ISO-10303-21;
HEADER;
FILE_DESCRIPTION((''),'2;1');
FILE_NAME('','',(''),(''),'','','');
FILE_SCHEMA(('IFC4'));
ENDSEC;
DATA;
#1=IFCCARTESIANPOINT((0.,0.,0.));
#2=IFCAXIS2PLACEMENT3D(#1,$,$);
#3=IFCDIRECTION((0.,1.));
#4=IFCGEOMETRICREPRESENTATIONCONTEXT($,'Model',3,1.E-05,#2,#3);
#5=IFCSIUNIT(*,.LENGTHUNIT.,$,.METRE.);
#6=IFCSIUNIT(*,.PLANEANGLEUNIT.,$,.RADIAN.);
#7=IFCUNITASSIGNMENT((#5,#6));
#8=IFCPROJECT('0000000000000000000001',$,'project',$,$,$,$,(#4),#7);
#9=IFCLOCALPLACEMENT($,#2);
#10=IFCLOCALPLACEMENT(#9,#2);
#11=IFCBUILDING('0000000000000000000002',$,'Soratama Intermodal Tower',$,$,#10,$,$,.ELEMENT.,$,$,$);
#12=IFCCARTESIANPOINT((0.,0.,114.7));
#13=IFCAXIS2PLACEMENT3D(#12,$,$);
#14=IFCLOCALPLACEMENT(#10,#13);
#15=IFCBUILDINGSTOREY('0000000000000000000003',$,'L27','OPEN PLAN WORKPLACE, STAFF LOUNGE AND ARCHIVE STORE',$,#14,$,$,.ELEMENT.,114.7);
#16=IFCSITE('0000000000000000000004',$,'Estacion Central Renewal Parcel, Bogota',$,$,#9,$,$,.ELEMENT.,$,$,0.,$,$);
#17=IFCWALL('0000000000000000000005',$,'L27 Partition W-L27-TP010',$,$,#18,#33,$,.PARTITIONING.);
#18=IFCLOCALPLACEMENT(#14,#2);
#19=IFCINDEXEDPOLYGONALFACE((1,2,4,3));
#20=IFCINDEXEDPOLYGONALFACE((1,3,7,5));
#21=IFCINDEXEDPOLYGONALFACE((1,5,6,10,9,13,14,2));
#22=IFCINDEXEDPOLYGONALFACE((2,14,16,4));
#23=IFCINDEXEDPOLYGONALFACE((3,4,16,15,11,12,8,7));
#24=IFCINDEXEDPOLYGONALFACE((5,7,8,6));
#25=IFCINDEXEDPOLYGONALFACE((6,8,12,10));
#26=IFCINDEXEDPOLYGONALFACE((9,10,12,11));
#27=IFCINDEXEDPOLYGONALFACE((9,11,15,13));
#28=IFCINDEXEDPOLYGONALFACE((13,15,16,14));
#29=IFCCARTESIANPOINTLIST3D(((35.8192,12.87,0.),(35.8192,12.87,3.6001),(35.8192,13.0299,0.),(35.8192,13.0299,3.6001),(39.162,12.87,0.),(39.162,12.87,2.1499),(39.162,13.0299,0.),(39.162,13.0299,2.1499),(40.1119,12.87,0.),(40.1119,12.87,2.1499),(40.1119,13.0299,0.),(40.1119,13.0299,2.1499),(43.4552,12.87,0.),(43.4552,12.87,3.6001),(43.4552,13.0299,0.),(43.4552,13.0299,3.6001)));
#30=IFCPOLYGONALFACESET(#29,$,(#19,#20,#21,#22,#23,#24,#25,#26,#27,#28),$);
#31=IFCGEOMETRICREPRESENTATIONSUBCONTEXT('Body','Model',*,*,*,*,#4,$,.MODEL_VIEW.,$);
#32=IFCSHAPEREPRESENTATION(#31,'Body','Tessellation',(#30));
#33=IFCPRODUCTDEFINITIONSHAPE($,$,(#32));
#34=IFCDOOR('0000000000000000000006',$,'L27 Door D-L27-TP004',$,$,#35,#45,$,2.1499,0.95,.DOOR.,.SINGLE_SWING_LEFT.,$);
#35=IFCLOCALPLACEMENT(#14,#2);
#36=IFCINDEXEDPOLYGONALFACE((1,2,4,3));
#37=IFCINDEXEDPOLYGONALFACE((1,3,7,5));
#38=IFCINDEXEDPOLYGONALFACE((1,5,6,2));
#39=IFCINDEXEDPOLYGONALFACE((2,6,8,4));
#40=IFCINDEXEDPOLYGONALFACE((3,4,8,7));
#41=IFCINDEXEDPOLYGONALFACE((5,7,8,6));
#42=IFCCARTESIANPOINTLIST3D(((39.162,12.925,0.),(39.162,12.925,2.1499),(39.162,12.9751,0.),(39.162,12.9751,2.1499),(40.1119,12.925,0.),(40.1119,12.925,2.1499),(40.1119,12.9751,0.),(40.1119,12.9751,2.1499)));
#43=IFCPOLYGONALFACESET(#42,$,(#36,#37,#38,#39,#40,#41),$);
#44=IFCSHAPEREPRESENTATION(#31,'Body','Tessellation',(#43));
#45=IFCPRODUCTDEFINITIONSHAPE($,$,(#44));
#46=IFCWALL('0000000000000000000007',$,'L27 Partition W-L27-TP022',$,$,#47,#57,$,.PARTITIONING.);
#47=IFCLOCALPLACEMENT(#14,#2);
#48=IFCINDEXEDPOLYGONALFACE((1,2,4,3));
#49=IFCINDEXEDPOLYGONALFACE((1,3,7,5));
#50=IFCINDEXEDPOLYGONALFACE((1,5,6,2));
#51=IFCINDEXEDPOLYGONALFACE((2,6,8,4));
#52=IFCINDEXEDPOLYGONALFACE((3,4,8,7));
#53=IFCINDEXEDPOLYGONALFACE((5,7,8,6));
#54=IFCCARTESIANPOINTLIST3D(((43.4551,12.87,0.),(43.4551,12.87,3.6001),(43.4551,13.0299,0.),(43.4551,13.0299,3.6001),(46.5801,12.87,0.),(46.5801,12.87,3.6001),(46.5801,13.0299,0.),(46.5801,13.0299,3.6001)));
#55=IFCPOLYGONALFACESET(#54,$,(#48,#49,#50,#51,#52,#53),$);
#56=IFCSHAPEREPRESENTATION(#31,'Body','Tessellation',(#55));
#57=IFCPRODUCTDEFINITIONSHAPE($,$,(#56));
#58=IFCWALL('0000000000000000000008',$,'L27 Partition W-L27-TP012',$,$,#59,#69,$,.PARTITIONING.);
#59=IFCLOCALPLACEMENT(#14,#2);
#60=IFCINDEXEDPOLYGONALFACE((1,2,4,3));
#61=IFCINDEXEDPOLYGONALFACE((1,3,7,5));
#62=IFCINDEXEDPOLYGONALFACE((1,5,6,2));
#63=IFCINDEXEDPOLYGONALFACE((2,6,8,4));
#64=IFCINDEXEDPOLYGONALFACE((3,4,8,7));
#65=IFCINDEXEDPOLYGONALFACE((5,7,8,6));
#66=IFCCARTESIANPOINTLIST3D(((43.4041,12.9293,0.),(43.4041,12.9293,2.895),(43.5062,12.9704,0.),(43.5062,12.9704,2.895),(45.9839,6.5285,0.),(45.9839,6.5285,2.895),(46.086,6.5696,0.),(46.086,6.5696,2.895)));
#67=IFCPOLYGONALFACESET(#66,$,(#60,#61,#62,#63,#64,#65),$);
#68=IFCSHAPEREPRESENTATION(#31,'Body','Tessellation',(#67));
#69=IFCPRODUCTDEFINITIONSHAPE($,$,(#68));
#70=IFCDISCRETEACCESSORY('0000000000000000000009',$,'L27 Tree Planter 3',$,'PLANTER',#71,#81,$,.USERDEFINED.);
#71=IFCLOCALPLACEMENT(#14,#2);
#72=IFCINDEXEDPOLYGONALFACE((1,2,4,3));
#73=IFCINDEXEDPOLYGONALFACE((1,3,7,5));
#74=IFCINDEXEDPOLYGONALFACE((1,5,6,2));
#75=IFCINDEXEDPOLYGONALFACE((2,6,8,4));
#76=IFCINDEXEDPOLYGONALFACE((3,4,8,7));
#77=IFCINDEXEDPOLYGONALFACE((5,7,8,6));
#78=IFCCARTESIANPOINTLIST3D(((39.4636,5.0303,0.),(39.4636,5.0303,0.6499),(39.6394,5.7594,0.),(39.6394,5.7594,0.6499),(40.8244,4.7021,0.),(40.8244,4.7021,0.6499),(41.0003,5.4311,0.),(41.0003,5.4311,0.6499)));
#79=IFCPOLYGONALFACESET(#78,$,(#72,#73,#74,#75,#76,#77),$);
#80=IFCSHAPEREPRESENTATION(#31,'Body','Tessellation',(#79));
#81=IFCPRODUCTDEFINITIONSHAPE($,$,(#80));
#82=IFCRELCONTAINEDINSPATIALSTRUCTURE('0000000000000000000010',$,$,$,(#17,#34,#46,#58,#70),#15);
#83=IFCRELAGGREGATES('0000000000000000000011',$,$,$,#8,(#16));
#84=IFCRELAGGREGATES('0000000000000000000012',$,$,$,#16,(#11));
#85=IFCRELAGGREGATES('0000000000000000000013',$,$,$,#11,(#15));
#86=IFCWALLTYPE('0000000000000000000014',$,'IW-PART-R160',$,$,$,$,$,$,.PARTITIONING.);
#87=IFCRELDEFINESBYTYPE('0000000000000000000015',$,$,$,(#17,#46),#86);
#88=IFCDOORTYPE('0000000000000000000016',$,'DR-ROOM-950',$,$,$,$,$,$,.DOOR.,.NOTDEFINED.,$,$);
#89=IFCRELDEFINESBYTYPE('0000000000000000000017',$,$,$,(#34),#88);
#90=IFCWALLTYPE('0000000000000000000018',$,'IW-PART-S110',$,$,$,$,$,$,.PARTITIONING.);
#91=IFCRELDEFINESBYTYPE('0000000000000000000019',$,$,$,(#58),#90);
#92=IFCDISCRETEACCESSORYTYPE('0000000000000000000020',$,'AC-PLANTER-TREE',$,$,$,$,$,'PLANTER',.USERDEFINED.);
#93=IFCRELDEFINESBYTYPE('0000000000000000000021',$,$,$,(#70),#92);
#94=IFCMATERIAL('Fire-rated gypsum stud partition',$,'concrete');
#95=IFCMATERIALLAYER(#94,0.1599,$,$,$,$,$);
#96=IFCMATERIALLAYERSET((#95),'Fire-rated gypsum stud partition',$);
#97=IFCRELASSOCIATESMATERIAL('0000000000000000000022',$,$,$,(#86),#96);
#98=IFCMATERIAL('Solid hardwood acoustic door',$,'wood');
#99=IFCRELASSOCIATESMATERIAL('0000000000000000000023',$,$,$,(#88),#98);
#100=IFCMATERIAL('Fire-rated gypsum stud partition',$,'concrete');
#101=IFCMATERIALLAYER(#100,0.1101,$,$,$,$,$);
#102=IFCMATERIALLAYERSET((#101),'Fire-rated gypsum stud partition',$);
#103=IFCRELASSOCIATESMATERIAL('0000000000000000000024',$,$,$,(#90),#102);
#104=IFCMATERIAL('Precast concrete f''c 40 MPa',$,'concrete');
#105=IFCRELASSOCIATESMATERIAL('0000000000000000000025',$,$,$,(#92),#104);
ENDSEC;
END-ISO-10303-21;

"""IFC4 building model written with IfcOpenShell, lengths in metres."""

from ifc_helpers import new_model, si_unit, direction, frame, frame_2d, origin, origin_2d, place, context, subcontext, project, spatial, rectangle, extrude, material, layer, layer_set, type_object, element, fill, save


model = new_model("IFC4")

# Units and contexts
model_context = context("Model", 3, precision=1e-05, world=origin(), true_north=direction((0.0, 1.0)))
body_context = subcontext(model_context, "Body", "Model", "MODEL_VIEW")
ifc_project = project(units=[si_unit("LENGTHUNIT", "METRE"), si_unit("PLANEANGLEUNIT", "RADIAN")], contexts=[model_context])

# Site, building, storey
site_placement = place(None, origin())
site = spatial("IfcSite", under=ifc_project, at=site_placement, Name="Estacion Central Renewal Parcel, Bogota", CompositionType="ELEMENT", RefElevation=0.0)
building_placement = place(site_placement, origin())
building = spatial("IfcBuilding", under=site, at=building_placement, Name="Soratama Intermodal Tower", CompositionType="ELEMENT")
storey_placement = place(building_placement, frame((0.0, 0.0, 114.7)))
storey = spatial("IfcBuildingStorey", under=building, at=storey_placement, Name="L27", Description="OPEN PLAN WORKPLACE, STAFF LOUNGE AND ARCHIVE STORE", CompositionType="ELEMENT", Elevation=114.7)

# Wall, opening, door
ifc_material_1 = material(Name="Fire-rated gypsum stud partition", Category="concrete")
ifc_layer_1 = layer(ifc_material_1, 0.1599)
ifc_layer_set_1 = layer_set([ifc_layer_1], Name="Fire-rated gypsum stud partition")
wall_type_1 = type_object("IfcWallType", Name="IW-PART-R160", PredefinedType="PARTITIONING", material=ifc_layer_set_1)
wall_1_placement = place(storey_placement, frame((43.4551, 12.95, 0.0), z_axis=(0.0, 0.0, 1.0), x_axis=(-1.0, 0.0, 0.0)))
wall_1 = element("IfcWall", 1, at=wall_1_placement, inside=storey, type_object=wall_type_1, Name="L27 Partition W-L27-TP010", PredefinedType="PARTITIONING", context=body_context, shape_type="SweptSolid", body=[
    extrude(rectangle(XDim=7.636, YDim=0.1599, at=frame_2d((3.8179, 0.0))), origin(), (0.0, 0.0, 1.0), 3.6001),
])
opening_1_placement = place(wall_1_placement, frame((3.343, 0.0, 0.0)))
opening_1 = element("IfcOpeningElement", 2, at=opening_1_placement, cuts=wall_1, PredefinedType="OPENING", context=body_context, shape_type="SweptSolid", body=[
    extrude(rectangle(XDim=0.95, YDim=2.1499, at=frame_2d((0.4751, 1.075))), frame((0.0, 0.0898, 0.0), z_axis=(0.0, -1.0, 0.0), x_axis=(1.0, 0.0, 0.0)), (0.0, 0.0, 1.0), 0.1799),
])
ifc_material_2 = material(Name="Solid hardwood acoustic door", Category="wood")
door_type = type_object("IfcDoorType", Name="DR-ROOM-950", OperationType="NOTDEFINED", PredefinedType="DOOR", material=ifc_material_2)
door_placement = place(opening_1_placement, origin())
door = element("IfcDoor", 3, at=door_placement, inside=storey, type_object=door_type, Name="L27 Door D-L27-TP004", OperationType="SINGLE_SWING_LEFT", OverallHeight=2.1499, OverallWidth=0.95, PredefinedType="DOOR", context=body_context, shape_type="SweptSolid", body=[
    extrude(rectangle(XDim=0.95, YDim=2.1499, at=frame_2d((0.4751, 1.075))), frame((0.0, 0.0249, 0.0), z_axis=(0.0, -1.0, 0.0), x_axis=(1.0, 0.0, 0.0)), (0.0, 0.0, 1.0), 0.05),
])
fill(opening_1, door)

# Walls
wall_2_placement = place(storey_placement, frame((46.5801, 12.95, 0.0), z_axis=(0.0, 0.0, 1.0), x_axis=(-1.0, 0.0, 0.0)))
element("IfcWall", 4, at=wall_2_placement, inside=storey, type_object=wall_type_1, Name="L27 Partition W-L27-TP022", PredefinedType="PARTITIONING", context=body_context, shape_type="SweptSolid", body=[
    extrude(rectangle(XDim=3.125, YDim=0.1599, at=frame_2d((1.5625, 0.0))), origin(), (0.0, 0.0, 1.0), 3.6001),
])
ifc_material_3 = material(Name="Fire-rated gypsum stud partition", Category="concrete")
ifc_layer_2 = layer(ifc_material_3, 0.1101)
ifc_layer_set_2 = layer_set([ifc_layer_2], Name="Fire-rated gypsum stud partition")
wall_type_2 = type_object("IfcWallType", Name="IW-PART-S110", PredefinedType="PARTITIONING", material=ifc_layer_set_2)
wall_3_placement = place(storey_placement, frame((43.4551, 12.95, 0.0), z_axis=(0.0, 0.0, 1.0), x_axis=(0.373823, -0.9275, 0.0)))
element("IfcWall", 5, at=wall_3_placement, inside=storey, type_object=wall_type_2, Name="L27 Partition W-L27-TP012", PredefinedType="PARTITIONING", context=body_context, shape_type="SweptSolid", body=[
    extrude(rectangle(XDim=6.9011, YDim=0.1101, at=frame_2d((3.4507, 0.0))), origin(), (0.0, 0.0, 1.0), 2.895),
])

# Discrete accessory
ifc_material_4 = material(Name="Precast concrete f'c 40 MPa", Category="concrete")
discrete_accessory_type = type_object("IfcDiscreteAccessoryType", Name="AC-PLANTER-TREE", ElementType="PLANTER", PredefinedType="USERDEFINED", material=ifc_material_4)
discrete_accessory_placement = place(storey_placement, frame((40.2319, 5.2307, 0.0), z_axis=(0.0, 0.0, 1.0), x_axis=(-0.234463, -0.972125, 0.0)))
element("IfcDiscreteAccessory", 6, at=discrete_accessory_placement, inside=storey, type_object=discrete_accessory_type, Name="L27 Tree Planter 3", ObjectType="PLANTER", PredefinedType="USERDEFINED", context=body_context, shape_type="SweptSolid", body=[
    extrude(rectangle(XDim=0.75, YDim=1.3999, at=origin_2d()), origin(), (0.0, 0.0, 1.0), 0.6499),
])

save(model, "model.ifc")
